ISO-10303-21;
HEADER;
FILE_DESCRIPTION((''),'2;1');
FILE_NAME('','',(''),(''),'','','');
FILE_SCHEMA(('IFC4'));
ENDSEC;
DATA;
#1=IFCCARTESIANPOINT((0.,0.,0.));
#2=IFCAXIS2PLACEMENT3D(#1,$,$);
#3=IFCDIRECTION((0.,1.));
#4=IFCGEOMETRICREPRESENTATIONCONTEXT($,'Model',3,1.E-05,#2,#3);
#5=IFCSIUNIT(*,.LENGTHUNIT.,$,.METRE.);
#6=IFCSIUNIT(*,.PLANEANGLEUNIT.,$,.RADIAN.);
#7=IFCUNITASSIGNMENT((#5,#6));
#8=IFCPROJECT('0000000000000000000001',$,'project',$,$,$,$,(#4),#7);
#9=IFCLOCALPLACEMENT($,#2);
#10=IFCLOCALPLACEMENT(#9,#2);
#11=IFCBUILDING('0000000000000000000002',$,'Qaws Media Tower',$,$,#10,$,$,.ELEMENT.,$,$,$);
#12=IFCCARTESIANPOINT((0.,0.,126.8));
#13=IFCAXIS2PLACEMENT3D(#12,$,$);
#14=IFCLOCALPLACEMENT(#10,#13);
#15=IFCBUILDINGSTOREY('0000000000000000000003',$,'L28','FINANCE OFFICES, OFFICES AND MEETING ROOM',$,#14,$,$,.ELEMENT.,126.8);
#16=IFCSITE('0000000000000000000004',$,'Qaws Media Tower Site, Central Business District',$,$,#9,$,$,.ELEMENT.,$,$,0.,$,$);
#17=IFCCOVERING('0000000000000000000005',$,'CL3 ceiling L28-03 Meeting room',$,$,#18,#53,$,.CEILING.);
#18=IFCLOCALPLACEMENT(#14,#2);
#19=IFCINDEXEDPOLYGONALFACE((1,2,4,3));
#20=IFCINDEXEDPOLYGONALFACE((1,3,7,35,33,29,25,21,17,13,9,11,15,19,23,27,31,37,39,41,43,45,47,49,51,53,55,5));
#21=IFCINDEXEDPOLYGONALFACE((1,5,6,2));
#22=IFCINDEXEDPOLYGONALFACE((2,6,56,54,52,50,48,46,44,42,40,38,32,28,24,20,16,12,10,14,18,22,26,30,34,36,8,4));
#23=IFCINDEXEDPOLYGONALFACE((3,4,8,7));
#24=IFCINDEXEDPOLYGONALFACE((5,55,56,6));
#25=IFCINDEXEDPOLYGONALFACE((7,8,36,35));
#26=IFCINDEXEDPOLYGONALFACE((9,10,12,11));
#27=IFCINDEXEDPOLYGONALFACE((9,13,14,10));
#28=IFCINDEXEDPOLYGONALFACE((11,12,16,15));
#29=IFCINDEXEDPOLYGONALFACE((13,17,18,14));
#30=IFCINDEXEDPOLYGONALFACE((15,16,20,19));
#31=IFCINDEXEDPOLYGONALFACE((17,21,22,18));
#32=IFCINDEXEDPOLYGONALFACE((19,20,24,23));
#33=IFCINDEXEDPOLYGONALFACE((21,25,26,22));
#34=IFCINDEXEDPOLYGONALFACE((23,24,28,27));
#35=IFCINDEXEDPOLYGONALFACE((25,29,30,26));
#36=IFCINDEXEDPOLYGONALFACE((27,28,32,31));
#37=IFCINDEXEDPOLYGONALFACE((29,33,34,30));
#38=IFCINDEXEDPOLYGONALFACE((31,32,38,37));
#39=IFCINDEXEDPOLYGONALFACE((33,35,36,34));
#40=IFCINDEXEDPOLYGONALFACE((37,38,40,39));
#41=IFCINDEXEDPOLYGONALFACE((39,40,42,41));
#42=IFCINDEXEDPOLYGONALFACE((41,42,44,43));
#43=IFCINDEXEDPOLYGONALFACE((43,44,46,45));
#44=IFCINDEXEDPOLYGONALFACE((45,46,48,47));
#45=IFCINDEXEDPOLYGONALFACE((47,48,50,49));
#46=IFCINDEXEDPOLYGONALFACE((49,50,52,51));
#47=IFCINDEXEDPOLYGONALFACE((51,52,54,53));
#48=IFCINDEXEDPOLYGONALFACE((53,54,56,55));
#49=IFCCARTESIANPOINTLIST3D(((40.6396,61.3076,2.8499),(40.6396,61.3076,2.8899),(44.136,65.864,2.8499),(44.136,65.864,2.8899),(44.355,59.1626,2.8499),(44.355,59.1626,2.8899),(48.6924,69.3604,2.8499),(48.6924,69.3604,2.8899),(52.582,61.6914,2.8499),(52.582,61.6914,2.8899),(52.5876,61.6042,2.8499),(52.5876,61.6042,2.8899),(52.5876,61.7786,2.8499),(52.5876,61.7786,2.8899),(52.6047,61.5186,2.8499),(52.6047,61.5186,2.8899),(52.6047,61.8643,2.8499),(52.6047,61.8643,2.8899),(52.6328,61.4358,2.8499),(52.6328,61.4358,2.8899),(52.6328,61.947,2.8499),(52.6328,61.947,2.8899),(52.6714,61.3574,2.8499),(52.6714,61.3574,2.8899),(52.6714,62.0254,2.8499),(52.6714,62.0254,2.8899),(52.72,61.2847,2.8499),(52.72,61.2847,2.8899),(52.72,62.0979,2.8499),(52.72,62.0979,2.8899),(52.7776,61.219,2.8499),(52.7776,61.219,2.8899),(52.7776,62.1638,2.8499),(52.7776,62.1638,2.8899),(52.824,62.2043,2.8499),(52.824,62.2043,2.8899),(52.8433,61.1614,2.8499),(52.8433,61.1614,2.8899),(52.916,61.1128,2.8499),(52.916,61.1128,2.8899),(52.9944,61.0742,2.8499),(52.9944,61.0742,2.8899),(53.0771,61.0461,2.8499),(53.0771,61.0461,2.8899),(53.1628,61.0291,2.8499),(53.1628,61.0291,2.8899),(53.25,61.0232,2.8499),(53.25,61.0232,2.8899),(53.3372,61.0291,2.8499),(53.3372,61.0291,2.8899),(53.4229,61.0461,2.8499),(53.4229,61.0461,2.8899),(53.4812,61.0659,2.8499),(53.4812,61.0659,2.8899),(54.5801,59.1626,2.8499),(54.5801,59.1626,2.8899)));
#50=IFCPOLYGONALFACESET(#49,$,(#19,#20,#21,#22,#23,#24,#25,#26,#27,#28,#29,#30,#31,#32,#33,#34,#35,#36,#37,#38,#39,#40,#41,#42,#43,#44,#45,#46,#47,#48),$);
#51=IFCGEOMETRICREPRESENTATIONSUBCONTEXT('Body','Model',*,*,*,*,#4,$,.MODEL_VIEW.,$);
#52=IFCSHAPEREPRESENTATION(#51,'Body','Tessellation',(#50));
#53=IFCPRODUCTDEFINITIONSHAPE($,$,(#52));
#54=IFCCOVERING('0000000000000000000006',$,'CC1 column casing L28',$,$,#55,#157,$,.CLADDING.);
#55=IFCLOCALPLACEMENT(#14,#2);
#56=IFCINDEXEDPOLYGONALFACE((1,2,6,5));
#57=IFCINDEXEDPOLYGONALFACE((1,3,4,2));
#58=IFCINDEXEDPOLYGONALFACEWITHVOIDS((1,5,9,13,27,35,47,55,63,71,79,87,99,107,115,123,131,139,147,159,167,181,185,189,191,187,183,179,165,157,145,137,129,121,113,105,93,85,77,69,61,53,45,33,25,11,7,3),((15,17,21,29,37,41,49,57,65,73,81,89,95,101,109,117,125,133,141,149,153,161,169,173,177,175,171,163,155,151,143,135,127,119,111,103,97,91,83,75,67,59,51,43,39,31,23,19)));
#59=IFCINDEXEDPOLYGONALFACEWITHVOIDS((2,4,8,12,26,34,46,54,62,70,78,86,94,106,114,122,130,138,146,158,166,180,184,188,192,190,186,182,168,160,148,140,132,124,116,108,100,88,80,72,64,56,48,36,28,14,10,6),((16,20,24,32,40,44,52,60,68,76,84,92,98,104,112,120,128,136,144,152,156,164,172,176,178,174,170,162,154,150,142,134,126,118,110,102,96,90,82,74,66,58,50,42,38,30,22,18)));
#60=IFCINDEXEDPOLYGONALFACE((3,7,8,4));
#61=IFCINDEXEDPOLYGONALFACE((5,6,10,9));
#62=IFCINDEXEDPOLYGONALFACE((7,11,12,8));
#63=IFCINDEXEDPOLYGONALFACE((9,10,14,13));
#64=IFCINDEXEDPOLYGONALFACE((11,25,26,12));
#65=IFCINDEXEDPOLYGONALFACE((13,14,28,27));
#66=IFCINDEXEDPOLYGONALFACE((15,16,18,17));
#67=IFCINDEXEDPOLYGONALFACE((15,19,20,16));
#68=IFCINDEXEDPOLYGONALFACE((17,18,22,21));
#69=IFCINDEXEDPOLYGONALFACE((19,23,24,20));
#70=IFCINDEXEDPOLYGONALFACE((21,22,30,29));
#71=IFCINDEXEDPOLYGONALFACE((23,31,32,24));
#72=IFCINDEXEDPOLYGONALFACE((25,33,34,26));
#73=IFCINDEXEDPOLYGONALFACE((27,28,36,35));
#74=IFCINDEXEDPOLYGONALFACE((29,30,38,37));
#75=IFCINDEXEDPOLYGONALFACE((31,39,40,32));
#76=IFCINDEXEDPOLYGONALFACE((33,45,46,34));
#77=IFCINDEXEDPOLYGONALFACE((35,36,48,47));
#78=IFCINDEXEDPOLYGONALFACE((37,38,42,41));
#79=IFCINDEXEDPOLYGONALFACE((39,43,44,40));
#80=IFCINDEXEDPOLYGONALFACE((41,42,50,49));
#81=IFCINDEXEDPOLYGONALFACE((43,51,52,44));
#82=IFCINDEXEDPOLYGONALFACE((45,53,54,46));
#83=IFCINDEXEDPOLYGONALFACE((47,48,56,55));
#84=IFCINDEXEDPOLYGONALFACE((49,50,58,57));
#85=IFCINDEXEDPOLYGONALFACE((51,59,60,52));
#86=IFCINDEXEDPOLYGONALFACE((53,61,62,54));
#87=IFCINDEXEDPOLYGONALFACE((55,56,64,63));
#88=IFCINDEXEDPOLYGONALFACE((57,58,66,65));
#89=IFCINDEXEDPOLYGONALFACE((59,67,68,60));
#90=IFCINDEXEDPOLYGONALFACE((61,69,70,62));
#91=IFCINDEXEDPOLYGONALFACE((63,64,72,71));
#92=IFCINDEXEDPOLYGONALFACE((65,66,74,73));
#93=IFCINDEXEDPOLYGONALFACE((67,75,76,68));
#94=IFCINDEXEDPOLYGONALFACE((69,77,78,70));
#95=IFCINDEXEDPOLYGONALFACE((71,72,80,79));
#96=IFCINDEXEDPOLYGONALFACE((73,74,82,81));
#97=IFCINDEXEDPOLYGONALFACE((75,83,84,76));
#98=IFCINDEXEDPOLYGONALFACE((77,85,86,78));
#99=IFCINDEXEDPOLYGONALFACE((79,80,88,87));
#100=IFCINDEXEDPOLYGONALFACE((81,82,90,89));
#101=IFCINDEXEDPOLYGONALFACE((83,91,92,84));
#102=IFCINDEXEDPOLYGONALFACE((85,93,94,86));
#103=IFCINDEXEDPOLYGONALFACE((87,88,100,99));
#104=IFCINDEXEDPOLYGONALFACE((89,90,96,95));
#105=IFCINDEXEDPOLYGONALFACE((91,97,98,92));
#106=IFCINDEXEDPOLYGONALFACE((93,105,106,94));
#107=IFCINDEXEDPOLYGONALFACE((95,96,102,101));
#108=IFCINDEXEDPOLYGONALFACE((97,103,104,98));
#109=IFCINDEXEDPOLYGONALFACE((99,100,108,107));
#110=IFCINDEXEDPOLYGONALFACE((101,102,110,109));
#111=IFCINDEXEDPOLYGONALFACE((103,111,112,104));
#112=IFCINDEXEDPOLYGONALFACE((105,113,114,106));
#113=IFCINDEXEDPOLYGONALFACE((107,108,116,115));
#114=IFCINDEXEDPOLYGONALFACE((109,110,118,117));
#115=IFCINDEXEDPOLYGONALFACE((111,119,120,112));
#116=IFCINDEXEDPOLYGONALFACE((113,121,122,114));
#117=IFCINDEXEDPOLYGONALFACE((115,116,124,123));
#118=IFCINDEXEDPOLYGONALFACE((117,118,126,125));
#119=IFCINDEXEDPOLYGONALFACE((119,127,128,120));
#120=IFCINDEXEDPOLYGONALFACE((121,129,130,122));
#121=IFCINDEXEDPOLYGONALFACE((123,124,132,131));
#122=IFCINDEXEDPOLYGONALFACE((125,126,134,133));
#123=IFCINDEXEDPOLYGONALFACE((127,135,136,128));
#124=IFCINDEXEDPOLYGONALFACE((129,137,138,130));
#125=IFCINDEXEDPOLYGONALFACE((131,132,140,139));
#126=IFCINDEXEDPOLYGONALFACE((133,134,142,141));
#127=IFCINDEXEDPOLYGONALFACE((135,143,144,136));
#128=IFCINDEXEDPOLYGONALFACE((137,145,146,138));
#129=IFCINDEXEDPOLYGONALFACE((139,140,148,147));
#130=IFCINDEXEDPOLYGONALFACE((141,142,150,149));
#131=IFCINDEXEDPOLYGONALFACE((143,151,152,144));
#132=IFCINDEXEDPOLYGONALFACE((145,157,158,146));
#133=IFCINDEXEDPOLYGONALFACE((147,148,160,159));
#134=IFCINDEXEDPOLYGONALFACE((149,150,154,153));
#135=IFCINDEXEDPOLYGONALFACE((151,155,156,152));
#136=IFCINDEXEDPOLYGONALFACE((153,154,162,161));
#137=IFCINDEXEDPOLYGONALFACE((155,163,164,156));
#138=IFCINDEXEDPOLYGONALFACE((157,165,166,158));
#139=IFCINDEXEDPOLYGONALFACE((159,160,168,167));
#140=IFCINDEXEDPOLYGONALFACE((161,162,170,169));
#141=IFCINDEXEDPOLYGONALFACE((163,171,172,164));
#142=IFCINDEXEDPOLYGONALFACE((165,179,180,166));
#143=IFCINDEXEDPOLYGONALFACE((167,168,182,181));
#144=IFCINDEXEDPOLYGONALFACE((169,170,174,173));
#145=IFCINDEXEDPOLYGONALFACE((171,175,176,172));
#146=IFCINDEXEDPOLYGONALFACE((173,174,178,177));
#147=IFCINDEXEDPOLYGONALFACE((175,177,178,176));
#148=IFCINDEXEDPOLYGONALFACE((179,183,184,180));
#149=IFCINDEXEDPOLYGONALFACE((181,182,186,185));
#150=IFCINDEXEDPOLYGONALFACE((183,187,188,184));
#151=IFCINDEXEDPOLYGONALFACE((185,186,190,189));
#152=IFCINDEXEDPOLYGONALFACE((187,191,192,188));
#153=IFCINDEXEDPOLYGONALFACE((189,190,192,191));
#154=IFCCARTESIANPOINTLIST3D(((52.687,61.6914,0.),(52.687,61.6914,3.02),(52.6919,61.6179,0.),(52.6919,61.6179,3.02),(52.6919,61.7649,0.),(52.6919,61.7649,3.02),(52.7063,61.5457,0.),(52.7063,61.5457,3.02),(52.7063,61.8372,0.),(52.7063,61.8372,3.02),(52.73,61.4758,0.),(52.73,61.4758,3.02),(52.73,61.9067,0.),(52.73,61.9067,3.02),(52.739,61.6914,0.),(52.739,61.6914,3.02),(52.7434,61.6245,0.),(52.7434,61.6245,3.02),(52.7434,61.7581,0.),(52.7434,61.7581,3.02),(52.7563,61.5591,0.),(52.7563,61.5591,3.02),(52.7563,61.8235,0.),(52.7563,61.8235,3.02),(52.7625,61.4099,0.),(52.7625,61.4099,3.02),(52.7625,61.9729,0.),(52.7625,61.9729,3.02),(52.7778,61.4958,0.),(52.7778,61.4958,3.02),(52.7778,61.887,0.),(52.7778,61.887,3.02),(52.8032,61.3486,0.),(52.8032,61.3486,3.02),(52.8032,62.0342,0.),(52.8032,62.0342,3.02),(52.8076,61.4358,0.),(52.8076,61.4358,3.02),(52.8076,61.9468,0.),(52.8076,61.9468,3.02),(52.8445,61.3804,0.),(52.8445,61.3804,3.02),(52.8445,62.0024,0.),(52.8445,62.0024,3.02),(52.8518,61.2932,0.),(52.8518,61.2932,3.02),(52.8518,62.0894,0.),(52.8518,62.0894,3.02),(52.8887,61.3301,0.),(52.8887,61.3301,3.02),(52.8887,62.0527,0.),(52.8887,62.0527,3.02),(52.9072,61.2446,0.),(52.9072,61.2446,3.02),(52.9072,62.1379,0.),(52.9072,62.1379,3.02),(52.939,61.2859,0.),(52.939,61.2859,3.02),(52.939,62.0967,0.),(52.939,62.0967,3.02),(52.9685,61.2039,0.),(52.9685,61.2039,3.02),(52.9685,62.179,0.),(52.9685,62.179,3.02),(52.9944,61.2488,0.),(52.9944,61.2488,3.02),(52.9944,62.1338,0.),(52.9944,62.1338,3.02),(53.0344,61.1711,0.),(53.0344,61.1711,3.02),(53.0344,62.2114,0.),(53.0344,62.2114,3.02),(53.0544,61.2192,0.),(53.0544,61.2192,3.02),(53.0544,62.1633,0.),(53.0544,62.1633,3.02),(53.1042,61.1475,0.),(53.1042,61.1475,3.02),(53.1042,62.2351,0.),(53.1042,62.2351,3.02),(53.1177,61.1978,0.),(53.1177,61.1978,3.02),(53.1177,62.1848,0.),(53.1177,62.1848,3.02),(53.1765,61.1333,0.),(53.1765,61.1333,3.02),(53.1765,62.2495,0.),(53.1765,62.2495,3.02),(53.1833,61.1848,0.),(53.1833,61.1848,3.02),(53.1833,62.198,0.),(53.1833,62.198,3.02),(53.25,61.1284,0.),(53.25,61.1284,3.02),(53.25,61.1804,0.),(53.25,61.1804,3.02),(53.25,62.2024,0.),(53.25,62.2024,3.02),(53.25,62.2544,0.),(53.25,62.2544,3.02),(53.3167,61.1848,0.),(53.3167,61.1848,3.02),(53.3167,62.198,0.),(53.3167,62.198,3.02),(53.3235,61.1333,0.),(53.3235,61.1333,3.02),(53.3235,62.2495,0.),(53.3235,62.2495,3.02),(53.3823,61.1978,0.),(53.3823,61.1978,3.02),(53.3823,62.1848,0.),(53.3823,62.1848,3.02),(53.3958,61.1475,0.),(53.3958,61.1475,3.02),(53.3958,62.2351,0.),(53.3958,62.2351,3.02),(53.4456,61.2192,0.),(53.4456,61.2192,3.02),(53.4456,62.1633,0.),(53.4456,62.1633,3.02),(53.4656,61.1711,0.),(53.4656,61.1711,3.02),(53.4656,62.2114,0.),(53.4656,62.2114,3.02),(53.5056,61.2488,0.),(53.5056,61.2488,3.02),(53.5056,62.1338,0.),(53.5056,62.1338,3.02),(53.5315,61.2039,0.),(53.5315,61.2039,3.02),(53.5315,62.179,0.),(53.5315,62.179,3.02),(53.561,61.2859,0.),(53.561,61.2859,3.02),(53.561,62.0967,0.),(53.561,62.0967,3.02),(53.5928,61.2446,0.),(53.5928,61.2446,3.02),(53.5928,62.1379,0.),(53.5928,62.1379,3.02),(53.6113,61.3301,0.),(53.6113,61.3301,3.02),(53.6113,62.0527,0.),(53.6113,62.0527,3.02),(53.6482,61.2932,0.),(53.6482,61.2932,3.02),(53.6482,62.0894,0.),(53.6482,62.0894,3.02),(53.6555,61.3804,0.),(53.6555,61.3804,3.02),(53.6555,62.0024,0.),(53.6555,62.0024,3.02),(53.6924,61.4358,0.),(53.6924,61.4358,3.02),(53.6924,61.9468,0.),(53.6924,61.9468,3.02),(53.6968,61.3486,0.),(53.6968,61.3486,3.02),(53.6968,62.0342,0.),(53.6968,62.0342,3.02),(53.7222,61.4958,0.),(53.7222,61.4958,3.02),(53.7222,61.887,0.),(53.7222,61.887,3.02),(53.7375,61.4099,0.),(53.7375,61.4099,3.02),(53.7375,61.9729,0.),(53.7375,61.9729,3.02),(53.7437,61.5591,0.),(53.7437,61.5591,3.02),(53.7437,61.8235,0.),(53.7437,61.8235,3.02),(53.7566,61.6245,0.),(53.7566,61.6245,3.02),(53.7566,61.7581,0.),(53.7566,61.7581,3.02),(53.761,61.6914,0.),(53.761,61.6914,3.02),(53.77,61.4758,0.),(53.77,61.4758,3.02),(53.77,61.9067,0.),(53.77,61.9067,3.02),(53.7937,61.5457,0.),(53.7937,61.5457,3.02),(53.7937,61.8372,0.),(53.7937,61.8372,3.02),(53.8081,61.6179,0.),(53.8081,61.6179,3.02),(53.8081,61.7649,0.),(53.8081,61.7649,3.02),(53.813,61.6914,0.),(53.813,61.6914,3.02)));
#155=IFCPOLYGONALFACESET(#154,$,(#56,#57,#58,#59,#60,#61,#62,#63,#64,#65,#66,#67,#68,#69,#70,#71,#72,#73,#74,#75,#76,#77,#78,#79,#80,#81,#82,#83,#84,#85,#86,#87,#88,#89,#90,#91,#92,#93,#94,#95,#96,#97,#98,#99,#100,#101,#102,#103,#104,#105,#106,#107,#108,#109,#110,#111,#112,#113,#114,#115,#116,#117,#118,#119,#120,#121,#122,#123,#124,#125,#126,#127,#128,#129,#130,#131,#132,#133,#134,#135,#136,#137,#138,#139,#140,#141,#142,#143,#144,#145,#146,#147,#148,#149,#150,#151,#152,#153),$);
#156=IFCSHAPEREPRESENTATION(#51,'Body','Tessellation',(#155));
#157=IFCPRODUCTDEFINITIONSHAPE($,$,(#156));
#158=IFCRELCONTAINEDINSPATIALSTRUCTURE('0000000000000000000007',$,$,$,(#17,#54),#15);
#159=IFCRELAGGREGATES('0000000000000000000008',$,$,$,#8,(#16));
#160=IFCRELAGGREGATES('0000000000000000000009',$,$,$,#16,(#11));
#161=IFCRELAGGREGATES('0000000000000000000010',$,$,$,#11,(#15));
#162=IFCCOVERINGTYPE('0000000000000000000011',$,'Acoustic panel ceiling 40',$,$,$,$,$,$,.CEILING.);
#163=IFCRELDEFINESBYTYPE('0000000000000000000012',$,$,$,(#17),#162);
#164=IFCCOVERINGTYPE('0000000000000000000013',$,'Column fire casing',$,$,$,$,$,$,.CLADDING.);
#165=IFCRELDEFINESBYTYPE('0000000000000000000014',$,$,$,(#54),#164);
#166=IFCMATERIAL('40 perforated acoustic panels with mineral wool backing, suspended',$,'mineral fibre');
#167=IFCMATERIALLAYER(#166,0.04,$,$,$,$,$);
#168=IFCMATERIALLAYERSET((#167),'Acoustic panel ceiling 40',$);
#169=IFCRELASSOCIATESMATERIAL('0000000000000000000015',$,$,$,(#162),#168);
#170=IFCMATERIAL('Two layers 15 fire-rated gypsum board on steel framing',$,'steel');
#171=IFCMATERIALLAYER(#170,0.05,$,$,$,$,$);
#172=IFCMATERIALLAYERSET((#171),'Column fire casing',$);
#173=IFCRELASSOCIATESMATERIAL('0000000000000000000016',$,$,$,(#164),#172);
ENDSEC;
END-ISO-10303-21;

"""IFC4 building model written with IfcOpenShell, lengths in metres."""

from ifc_helpers import new_model, si_unit, direction, frame, origin, place, context, subcontext, project, spatial, polyline, outline, extrude, material, layer, layer_set, type_object, element, save


model = new_model("IFC4")

# Units and contexts
model_context = context("Model", 3, precision=1e-05, world=origin(), true_north=direction((0.0, 1.0)))
body_context = subcontext(model_context, "Body", "Model", "MODEL_VIEW")
ifc_project = project(units=[si_unit("LENGTHUNIT", "METRE"), si_unit("PLANEANGLEUNIT", "RADIAN")], contexts=[model_context])

# Site, building, storey
site_placement = place(None, origin())
site = spatial("IfcSite", under=ifc_project, at=site_placement, Name="Qaws Media Tower Site, Central Business District", CompositionType="ELEMENT", RefElevation=0.0)
building_placement = place(site_placement, origin())
building = spatial("IfcBuilding", under=site, at=building_placement, Name="Qaws Media Tower", CompositionType="ELEMENT")
storey_placement = place(building_placement, frame((0.0, 0.0, 126.8)))
storey = spatial("IfcBuildingStorey", under=building, at=storey_placement, Name="L28", Description="FINANCE OFFICES, OFFICES AND MEETING ROOM", CompositionType="ELEMENT", Elevation=126.8)

# Coverings
ifc_material_1 = material(Name="40 perforated acoustic panels with mineral wool backing, suspended", Category="mineral fibre")
ifc_layer_1 = layer(ifc_material_1, 0.04)
ifc_layer_set_1 = layer_set([ifc_layer_1], Name="Acoustic panel ceiling 40")
covering_type_1 = type_object("IfcCoveringType", Name="Acoustic panel ceiling 40", PredefinedType="CEILING", material=ifc_layer_set_1)
covering_1_placement = place(storey_placement, frame((0.0, 0.0, 2.8499)))
element("IfcCovering", 1, at=covering_1_placement, inside=storey, type_object=covering_type_1, Name="CL3 ceiling L28-03 Meeting room", PredefinedType="CEILING", context=body_context, shape_type="SweptSolid", body=[
    extrude(outline(polyline([(44.136, 65.864), (48.6924, 69.3604), (52.824, 62.2043), (52.7776, 62.1638), (52.72, 62.0979), (52.6714, 62.0254), (52.6328, 61.947), (52.6047, 61.8643), (52.5876, 61.7786), (52.582, 61.6914), (52.5876, 61.6042), (52.6047, 61.5186), (52.6328, 61.4358), (52.6714, 61.3574), (52.72, 61.2847), (52.7776, 61.219), (52.8433, 61.1614), (52.916, 61.1128), (52.9944, 61.0742), (53.0771, 61.0461), (53.1628, 61.0291), (53.25, 61.0232), (53.3372, 61.0291), (53.4229, 61.0461), (53.4812, 61.0659), (54.5801, 59.1626), (44.355, 59.1626), (40.6396, 61.3076), (44.136, 65.864)])), origin(), (0.0, 0.0, 1.0), 0.04),
])
ifc_material_2 = material(Name="Two layers 15 fire-rated gypsum board on steel framing", Category="steel")
ifc_layer_2 = layer(ifc_material_2, 0.05)
ifc_layer_set_2 = layer_set([ifc_layer_2], Name="Column fire casing")
covering_type_2 = type_object("IfcCoveringType", Name="Column fire casing", PredefinedType="CLADDING", material=ifc_layer_set_2)
covering_2_placement = place(storey_placement, origin())
element("IfcCovering", 2, at=covering_2_placement, inside=storey, type_object=covering_type_2, Name="CC1 column casing L28", PredefinedType="CLADDING", context=body_context, shape_type="SweptSolid", body=[
    extrude(outline(polyline([(53.813, 61.6914), (53.8081, 61.6179), (53.7937, 61.5457), (53.77, 61.4758), (53.7375, 61.4099), (53.6968, 61.3486), (53.6482, 61.2932), (53.5928, 61.2446), (53.5315, 61.2039), (53.4656, 61.1711), (53.3958, 61.1475), (53.3235, 61.1333), (53.25, 61.1284), (53.1765, 61.1333), (53.1042, 61.1475), (53.0344, 61.1711), (52.9685, 61.2039), (52.9072, 61.2446), (52.8518, 61.2932), (52.8032, 61.3486), (52.7625, 61.4099), (52.73, 61.4758), (52.7063, 61.5457), (52.6919, 61.6179), (52.687, 61.6914), (52.6919, 61.7649), (52.7063, 61.8372), (52.73, 61.9067), (52.7625, 61.9729), (52.8032, 62.0342), (52.8518, 62.0894), (52.9072, 62.1379), (52.9685, 62.179), (53.0344, 62.2114), (53.1042, 62.2351), (53.1765, 62.2495), (53.25, 62.2544), (53.3235, 62.2495), (53.3958, 62.2351), (53.4656, 62.2114), (53.5315, 62.179), (53.5928, 62.1379), (53.6482, 62.0894), (53.6968, 62.0342), (53.7375, 61.9729), (53.77, 61.9067), (53.7937, 61.8372), (53.8081, 61.7649), (53.813, 61.6914)]), holes=[polyline([(53.761, 61.6914), (53.7566, 61.6245), (53.7437, 61.5591), (53.7222, 61.4958), (53.6924, 61.4358), (53.6555, 61.3804), (53.6113, 61.3301), (53.561, 61.2859), (53.5056, 61.2488), (53.4456, 61.2192), (53.3823, 61.1978), (53.3167, 61.1848), (53.25, 61.1804), (53.1833, 61.1848), (53.1177, 61.1978), (53.0544, 61.2192), (52.9944, 61.2488), (52.939, 61.2859), (52.8887, 61.3301), (52.8445, 61.3804), (52.8076, 61.4358), (52.7778, 61.4958), (52.7563, 61.5591), (52.7434, 61.6245), (52.739, 61.6914), (52.7434, 61.7581), (52.7563, 61.8235), (52.7778, 61.887), (52.8076, 61.9468), (52.8445, 62.0024), (52.8887, 62.0527), (52.939, 62.0967), (52.9944, 62.1338), (53.0544, 62.1633), (53.1177, 62.1848), (53.1833, 62.198), (53.25, 62.2024), (53.3167, 62.198), (53.3823, 62.1848), (53.4456, 62.1633), (53.5056, 62.1338), (53.561, 62.0967), (53.6113, 62.0527), (53.6555, 62.0024), (53.6924, 61.9468), (53.7222, 61.887), (53.7437, 61.8235), (53.7566, 61.7581), (53.761, 61.6914)])]), origin(), (0.0, 0.0, 1.0), 3.02),
])

save(model, "model.ifc")
